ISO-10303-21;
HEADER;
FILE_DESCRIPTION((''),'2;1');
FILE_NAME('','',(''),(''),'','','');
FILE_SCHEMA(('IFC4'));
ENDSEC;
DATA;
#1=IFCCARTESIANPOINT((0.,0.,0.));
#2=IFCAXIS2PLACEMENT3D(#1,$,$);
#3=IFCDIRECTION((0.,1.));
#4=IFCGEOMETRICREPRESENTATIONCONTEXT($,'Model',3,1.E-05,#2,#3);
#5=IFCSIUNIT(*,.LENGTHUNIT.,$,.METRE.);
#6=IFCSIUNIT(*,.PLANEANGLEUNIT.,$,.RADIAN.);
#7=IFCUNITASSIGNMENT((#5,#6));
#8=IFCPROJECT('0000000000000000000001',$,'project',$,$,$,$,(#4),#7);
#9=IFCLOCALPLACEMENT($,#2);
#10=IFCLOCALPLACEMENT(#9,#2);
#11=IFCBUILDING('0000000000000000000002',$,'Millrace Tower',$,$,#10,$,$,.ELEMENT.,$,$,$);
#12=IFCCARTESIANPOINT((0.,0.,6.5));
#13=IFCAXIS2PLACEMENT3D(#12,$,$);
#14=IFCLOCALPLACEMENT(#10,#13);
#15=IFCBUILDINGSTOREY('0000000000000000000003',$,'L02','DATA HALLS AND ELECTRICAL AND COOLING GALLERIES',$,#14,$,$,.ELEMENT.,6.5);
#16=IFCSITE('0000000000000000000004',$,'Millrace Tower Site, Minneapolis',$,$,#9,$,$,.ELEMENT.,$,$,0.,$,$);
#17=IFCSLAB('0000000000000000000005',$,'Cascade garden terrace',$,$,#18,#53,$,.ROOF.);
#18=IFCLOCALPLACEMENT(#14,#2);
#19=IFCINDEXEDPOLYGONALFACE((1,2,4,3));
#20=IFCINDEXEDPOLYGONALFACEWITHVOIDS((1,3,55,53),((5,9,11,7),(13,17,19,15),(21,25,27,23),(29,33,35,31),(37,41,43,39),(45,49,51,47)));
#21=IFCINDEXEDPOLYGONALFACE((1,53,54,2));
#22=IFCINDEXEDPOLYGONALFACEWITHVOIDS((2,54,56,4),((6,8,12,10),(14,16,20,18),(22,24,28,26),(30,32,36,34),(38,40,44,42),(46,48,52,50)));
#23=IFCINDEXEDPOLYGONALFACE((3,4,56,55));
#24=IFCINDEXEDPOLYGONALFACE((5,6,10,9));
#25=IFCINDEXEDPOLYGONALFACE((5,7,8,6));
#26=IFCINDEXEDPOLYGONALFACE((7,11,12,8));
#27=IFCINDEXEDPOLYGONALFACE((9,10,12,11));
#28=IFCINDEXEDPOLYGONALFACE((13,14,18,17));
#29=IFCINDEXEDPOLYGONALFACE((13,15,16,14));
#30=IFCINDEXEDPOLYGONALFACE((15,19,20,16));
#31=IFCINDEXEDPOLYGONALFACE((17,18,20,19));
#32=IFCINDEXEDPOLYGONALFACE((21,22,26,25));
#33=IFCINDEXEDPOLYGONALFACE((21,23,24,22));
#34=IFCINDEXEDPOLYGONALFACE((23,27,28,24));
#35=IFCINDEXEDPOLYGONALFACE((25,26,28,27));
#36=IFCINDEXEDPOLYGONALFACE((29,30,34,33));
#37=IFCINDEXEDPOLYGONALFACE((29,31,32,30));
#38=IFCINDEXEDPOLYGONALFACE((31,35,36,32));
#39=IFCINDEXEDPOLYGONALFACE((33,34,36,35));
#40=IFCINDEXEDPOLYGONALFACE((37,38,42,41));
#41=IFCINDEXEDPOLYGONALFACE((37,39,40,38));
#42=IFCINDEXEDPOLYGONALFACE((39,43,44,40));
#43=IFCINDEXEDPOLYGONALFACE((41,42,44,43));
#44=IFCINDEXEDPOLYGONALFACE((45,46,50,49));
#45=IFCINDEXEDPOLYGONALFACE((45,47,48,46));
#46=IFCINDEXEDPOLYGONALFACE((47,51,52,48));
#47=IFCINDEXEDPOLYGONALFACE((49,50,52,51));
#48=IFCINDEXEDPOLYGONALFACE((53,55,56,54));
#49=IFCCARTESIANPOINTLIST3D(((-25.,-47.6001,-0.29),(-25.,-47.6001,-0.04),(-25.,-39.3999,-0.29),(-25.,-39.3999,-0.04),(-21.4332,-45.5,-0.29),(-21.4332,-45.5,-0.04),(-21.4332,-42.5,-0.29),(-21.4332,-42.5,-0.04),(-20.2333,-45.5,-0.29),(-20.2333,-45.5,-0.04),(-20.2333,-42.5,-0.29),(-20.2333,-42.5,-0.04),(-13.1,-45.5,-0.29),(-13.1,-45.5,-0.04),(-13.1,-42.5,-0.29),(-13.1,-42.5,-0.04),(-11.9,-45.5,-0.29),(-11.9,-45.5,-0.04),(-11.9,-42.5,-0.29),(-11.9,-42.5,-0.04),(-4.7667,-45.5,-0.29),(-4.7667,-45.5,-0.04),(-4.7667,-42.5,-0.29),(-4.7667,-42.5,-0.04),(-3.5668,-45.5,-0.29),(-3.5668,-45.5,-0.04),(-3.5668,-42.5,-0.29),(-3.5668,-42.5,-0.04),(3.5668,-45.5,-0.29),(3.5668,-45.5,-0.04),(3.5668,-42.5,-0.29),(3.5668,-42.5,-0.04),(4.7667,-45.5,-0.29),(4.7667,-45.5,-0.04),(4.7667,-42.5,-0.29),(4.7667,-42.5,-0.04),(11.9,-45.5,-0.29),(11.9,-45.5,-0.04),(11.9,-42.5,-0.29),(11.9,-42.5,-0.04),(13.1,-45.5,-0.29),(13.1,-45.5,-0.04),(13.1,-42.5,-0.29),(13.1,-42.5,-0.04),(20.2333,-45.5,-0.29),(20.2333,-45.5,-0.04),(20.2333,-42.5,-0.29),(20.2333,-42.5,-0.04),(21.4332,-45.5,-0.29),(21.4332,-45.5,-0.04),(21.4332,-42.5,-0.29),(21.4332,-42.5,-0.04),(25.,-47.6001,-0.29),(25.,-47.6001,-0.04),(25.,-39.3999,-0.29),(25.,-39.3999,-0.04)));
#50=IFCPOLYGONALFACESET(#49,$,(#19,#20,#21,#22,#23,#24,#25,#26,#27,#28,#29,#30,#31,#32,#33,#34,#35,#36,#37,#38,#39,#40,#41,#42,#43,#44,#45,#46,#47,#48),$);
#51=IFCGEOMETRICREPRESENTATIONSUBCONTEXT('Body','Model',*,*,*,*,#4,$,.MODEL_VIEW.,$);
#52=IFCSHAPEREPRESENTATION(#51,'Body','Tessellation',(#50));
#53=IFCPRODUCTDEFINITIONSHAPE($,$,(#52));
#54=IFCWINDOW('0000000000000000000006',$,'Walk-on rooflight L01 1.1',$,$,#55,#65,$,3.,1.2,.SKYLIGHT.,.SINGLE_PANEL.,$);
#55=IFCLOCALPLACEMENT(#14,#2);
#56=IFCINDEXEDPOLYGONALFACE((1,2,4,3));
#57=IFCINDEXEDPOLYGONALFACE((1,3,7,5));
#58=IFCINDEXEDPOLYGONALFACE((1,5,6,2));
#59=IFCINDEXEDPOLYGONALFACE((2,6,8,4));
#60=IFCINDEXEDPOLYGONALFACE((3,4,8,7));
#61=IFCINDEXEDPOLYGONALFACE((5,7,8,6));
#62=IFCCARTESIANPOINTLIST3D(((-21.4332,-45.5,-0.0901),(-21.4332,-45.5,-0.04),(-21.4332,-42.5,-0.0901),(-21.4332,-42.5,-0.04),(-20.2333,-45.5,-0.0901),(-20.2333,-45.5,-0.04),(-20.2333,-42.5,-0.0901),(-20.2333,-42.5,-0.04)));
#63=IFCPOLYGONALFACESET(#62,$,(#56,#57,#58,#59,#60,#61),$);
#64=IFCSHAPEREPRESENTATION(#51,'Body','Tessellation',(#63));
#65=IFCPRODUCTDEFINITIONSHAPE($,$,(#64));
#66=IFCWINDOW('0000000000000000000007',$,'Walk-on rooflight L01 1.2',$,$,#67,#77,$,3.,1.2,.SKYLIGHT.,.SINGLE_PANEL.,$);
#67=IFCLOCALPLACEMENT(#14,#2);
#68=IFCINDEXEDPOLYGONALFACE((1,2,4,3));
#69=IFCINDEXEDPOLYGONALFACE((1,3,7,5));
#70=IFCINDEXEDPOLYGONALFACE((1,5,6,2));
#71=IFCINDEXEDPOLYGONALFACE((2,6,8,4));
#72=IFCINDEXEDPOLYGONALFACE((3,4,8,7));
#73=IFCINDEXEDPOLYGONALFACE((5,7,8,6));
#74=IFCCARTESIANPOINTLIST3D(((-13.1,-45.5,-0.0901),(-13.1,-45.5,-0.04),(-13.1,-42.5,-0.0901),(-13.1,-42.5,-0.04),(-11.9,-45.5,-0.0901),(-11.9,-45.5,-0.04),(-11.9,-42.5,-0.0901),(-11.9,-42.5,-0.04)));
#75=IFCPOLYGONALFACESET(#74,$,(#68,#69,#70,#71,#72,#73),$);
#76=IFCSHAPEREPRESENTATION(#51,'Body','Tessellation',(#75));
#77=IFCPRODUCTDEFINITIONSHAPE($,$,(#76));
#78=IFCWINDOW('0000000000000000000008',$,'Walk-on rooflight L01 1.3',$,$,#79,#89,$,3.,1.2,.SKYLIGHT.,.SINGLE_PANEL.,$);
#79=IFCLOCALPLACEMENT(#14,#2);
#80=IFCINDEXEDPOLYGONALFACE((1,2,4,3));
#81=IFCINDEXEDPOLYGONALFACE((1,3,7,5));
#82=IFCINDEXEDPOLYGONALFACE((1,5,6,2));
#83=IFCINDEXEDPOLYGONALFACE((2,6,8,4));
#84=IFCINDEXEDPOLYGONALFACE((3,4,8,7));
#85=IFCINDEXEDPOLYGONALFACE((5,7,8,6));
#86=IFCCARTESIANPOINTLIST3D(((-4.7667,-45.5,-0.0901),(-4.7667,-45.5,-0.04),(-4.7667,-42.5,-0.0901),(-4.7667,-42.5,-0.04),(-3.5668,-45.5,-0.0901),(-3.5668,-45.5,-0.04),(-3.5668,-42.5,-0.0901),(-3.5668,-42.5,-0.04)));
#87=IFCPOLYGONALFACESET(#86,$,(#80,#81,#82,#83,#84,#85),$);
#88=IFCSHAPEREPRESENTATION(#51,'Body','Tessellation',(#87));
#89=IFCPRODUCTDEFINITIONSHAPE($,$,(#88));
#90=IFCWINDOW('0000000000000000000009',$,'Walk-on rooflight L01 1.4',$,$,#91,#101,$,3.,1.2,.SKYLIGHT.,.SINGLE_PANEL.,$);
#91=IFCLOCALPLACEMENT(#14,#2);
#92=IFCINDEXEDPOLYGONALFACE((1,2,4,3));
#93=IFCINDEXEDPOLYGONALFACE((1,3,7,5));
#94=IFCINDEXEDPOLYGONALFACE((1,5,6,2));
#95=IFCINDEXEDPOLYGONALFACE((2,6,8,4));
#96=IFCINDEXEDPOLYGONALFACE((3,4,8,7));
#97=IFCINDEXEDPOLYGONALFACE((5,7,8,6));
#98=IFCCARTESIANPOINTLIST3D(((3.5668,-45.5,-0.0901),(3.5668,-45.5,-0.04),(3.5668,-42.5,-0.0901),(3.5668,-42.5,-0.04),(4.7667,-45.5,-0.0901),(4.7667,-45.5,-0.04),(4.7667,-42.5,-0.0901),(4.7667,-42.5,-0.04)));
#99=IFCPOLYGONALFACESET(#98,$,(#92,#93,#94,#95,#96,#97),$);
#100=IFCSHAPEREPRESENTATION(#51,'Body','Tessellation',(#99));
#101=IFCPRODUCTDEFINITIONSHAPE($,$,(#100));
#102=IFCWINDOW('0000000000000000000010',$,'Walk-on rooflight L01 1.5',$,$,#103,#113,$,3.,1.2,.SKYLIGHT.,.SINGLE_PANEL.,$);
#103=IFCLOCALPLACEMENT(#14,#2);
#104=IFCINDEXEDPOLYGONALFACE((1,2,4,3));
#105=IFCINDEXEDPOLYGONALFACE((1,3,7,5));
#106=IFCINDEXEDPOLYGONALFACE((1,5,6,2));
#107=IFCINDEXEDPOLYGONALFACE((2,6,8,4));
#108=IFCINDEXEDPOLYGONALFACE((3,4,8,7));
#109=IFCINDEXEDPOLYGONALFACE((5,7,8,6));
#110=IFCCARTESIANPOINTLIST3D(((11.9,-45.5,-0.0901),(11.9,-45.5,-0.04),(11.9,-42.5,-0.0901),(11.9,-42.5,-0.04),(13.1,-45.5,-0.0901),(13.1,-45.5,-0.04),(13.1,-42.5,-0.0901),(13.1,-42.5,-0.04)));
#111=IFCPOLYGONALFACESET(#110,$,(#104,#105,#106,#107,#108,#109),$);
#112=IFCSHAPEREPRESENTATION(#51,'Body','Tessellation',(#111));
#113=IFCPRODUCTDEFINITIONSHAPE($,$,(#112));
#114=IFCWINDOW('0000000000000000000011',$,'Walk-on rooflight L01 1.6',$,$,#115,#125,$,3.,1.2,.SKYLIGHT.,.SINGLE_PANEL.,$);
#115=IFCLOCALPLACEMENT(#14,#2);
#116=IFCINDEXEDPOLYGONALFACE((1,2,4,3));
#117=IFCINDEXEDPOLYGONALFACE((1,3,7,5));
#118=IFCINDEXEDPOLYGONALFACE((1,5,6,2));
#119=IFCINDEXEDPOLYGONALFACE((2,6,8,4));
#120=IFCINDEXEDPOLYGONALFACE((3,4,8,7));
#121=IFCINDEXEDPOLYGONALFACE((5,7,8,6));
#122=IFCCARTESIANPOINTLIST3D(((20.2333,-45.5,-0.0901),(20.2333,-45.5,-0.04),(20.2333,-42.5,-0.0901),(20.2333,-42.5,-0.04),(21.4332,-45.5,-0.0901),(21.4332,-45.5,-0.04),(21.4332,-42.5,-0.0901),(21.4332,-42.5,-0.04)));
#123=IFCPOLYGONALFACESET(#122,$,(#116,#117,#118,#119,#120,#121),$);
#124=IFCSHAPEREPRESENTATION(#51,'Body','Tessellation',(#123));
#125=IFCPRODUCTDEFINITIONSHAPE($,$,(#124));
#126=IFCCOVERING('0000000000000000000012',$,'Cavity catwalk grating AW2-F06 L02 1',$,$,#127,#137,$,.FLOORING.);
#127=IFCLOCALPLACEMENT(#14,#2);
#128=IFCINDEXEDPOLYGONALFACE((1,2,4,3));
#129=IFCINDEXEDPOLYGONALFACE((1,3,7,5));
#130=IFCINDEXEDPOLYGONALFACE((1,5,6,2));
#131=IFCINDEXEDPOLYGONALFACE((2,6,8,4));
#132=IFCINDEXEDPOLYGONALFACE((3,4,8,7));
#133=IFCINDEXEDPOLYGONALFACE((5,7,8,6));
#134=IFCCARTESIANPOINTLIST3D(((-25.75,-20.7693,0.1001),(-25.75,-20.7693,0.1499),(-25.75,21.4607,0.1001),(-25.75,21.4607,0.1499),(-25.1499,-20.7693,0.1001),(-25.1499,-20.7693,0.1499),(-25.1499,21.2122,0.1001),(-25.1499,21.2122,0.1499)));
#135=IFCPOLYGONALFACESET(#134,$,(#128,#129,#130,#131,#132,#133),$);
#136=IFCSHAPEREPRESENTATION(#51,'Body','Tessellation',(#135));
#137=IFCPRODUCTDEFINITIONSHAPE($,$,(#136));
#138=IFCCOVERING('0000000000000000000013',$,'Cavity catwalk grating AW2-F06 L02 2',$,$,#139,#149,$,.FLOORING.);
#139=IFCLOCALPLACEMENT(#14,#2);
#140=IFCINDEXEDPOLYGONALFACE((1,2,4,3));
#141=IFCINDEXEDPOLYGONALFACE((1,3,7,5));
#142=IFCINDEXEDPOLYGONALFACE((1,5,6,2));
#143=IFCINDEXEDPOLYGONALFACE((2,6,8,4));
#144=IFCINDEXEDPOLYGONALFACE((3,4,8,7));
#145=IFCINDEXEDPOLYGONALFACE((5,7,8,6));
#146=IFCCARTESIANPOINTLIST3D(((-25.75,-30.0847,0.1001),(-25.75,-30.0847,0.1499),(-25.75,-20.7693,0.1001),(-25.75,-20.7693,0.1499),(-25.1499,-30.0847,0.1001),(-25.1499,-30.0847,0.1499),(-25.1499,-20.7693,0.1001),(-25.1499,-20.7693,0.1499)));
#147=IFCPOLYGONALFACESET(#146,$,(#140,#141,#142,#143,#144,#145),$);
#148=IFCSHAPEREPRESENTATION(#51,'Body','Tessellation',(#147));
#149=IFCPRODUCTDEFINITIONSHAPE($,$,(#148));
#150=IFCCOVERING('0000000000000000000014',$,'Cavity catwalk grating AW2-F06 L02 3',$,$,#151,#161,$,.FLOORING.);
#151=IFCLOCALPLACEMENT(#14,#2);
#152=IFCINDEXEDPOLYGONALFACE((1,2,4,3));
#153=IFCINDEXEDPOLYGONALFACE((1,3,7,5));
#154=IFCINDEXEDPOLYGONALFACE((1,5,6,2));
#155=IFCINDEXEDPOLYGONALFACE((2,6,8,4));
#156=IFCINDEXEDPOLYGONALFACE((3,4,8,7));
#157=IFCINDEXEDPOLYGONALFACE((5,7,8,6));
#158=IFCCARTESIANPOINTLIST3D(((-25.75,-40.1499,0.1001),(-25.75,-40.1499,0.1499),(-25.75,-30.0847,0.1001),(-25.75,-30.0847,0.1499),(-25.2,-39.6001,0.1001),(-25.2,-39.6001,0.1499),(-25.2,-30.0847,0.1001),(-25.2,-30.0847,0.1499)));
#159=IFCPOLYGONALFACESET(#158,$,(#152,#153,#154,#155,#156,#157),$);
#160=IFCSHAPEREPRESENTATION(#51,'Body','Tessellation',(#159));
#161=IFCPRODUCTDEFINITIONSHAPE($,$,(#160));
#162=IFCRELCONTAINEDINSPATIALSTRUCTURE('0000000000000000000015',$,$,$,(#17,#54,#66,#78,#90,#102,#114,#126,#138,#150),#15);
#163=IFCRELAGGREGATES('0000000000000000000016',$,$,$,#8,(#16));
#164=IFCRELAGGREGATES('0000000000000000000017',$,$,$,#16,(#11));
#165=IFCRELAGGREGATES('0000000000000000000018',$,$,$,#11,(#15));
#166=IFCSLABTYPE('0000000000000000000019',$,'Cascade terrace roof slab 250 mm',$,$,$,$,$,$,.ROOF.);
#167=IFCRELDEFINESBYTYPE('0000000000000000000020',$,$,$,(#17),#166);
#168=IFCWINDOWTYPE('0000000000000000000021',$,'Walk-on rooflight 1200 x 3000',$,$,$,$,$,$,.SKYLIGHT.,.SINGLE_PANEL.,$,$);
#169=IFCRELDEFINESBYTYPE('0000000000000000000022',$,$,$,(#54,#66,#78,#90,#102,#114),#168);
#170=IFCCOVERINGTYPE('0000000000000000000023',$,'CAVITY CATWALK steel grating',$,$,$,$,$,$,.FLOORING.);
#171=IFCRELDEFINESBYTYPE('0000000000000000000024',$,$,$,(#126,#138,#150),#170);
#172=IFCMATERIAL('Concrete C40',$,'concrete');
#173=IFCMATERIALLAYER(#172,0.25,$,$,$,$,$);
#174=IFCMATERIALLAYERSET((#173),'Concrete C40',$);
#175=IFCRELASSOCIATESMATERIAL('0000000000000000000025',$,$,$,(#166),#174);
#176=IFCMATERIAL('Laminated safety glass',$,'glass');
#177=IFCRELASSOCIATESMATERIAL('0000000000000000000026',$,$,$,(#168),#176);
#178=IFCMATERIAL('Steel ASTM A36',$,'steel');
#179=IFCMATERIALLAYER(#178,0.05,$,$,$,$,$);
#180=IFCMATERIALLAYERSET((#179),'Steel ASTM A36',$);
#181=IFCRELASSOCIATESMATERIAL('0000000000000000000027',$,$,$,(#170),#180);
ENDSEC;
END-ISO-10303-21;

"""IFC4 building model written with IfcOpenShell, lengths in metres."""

from ifc_helpers import new_model, si_unit, direction, frame, origin, origin_2d, place, context, subcontext, project, spatial, polyline, rectangle, outline, extrude, material, layer, layer_set, type_object, element, fill, save


model = new_model("IFC4")

# Units and contexts
model_context = context("Model", 3, precision=1e-05, world=origin(), true_north=direction((0.0, 1.0)))
body_context = subcontext(model_context, "Body", "Model", "MODEL_VIEW")
ifc_project = project(units=[si_unit("LENGTHUNIT", "METRE"), si_unit("PLANEANGLEUNIT", "RADIAN")], contexts=[model_context])

# Site, building, storey
site_placement = place(None, origin())
site = spatial("IfcSite", under=ifc_project, at=site_placement, Name="Millrace Tower Site, Minneapolis", CompositionType="ELEMENT", RefElevation=0.0)
building_placement = place(site_placement, origin())
building = spatial("IfcBuilding", under=site, at=building_placement, Name="Millrace Tower", CompositionType="ELEMENT")
storey_placement = place(building_placement, frame((0.0, 0.0, 6.5)))
storey = spatial("IfcBuildingStorey", under=building, at=storey_placement, Name="L02", Description="DATA HALLS AND ELECTRICAL AND COOLING GALLERIES", CompositionType="ELEMENT", Elevation=6.5)

# Slab, openings, windows
ifc_material_1 = material(Name="Concrete C40", Category="concrete")
ifc_layer_1 = layer(ifc_material_1, 0.25)
ifc_layer_set_1 = layer_set([ifc_layer_1], Name="Concrete C40")
slab_type = type_object("IfcSlabType", Name="Cascade terrace roof slab 250 mm", PredefinedType="ROOF", material=ifc_layer_set_1)
slab_placement = place(storey_placement, frame((0.0, 0.0, -0.29)))
slab = element("IfcSlab", 1, at=slab_placement, inside=storey, type_object=slab_type, Name="Cascade garden terrace", PredefinedType="ROOF", context=body_context, shape_type="SweptSolid", body=[
    extrude(outline(polyline([(25.0, -47.6001), (-25.0, -47.6001), (-25.0, -39.3999), (25.0, -39.3999), (25.0, -47.6001)])), origin(), (0.0, 0.0, 1.0), 0.25),
])
opening_1_placement = place(slab_placement, frame((-20.8333, -44.0, 0.0)))
opening_1 = element("IfcOpeningElement", 2, at=opening_1_placement, cuts=slab, PredefinedType="OPENING", context=body_context, shape_type="SweptSolid", body=[
    extrude(rectangle(XDim=1.2, YDim=3.0, at=origin_2d()), origin(), (0.0, 0.0, 1.0), 0.25),
])
opening_2_placement = place(slab_placement, frame((-12.5, -44.0, 0.0)))
opening_2 = element("IfcOpeningElement", 3, at=opening_2_placement, cuts=slab, PredefinedType="OPENING", context=body_context, shape_type="SweptSolid", body=[
    extrude(rectangle(XDim=1.2, YDim=3.0, at=origin_2d()), origin(), (0.0, 0.0, 1.0), 0.25),
])
opening_3_placement = place(slab_placement, frame((-4.1667, -44.0, 0.0)))
opening_3 = element("IfcOpeningElement", 4, at=opening_3_placement, cuts=slab, PredefinedType="OPENING", context=body_context, shape_type="SweptSolid", body=[
    extrude(rectangle(XDim=1.2, YDim=3.0, at=origin_2d()), origin(), (0.0, 0.0, 1.0), 0.25),
])
opening_4_placement = place(slab_placement, frame((4.1667, -44.0, 0.0)))
opening_4 = element("IfcOpeningElement", 5, at=opening_4_placement, cuts=slab, PredefinedType="OPENING", context=body_context, shape_type="SweptSolid", body=[
    extrude(rectangle(XDim=1.2, YDim=3.0, at=origin_2d()), origin(), (0.0, 0.0, 1.0), 0.25),
])
opening_5_placement = place(slab_placement, frame((12.5, -44.0, 0.0)))
opening_5 = element("IfcOpeningElement", 6, at=opening_5_placement, cuts=slab, PredefinedType="OPENING", context=body_context, shape_type="SweptSolid", body=[
    extrude(rectangle(XDim=1.2, YDim=3.0, at=origin_2d()), origin(), (0.0, 0.0, 1.0), 0.25),
])
opening_6_placement = place(slab_placement, frame((20.8333, -44.0, 0.0)))
opening_6 = element("IfcOpeningElement", 7, at=opening_6_placement, cuts=slab, PredefinedType="OPENING", context=body_context, shape_type="SweptSolid", body=[
    extrude(rectangle(XDim=1.2, YDim=3.0, at=origin_2d()), origin(), (0.0, 0.0, 1.0), 0.25),
])
ifc_material_2 = material(Name="Laminated safety glass", Category="glass")
window_type = type_object("IfcWindowType", Name="Walk-on rooflight 1200 x 3000", PartitioningType="SINGLE_PANEL", PredefinedType="SKYLIGHT", material=ifc_material_2)
window_1_placement = place(opening_1_placement, frame((0.0, 0.0, 0.2)))
window_1 = element("IfcWindow", 8, at=window_1_placement, inside=storey, type_object=window_type, Name="Walk-on rooflight L01 1.1", OverallHeight=3.0, OverallWidth=1.2, PartitioningType="SINGLE_PANEL", PredefinedType="SKYLIGHT", context=body_context, shape_type="SweptSolid", body=[
    extrude(rectangle(XDim=1.2, YDim=3.0, at=origin_2d()), origin(), (0.0, 0.0, 1.0), 0.05),
])
fill(opening_1, window_1)
window_2_placement = place(opening_2_placement, frame((0.0, 0.0, 0.2)))
window_2 = element("IfcWindow", 9, at=window_2_placement, inside=storey, type_object=window_type, Name="Walk-on rooflight L01 1.2", OverallHeight=3.0, OverallWidth=1.2, PartitioningType="SINGLE_PANEL", PredefinedType="SKYLIGHT", context=body_context, shape_type="SweptSolid", body=[
    extrude(rectangle(XDim=1.2, YDim=3.0, at=origin_2d()), origin(), (0.0, 0.0, 1.0), 0.05),
])
fill(opening_2, window_2)
window_3_placement = place(opening_3_placement, frame((0.0, 0.0, 0.2)))
window_3 = element("IfcWindow", 10, at=window_3_placement, inside=storey, type_object=window_type, Name="Walk-on rooflight L01 1.3", OverallHeight=3.0, OverallWidth=1.2, PartitioningType="SINGLE_PANEL", PredefinedType="SKYLIGHT", context=body_context, shape_type="SweptSolid", body=[
    extrude(rectangle(XDim=1.2, YDim=3.0, at=origin_2d()), origin(), (0.0, 0.0, 1.0), 0.05),
])
fill(opening_3, window_3)
window_4_placement = place(opening_4_placement, frame((0.0, 0.0, 0.2)))
window_4 = element("IfcWindow", 11, at=window_4_placement, inside=storey, type_object=window_type, Name="Walk-on rooflight L01 1.4", OverallHeight=3.0, OverallWidth=1.2, PartitioningType="SINGLE_PANEL", PredefinedType="SKYLIGHT", context=body_context, shape_type="SweptSolid", body=[
    extrude(rectangle(XDim=1.2, YDim=3.0, at=origin_2d()), origin(), (0.0, 0.0, 1.0), 0.05),
])
fill(opening_4, window_4)
window_5_placement = place(opening_5_placement, frame((0.0, 0.0, 0.2)))
window_5 = element("IfcWindow", 12, at=window_5_placement, inside=storey, type_object=window_type, Name="Walk-on rooflight L01 1.5", OverallHeight=3.0, OverallWidth=1.2, PartitioningType="SINGLE_PANEL", PredefinedType="SKYLIGHT", context=body_context, shape_type="SweptSolid", body=[
    extrude(rectangle(XDim=1.2, YDim=3.0, at=origin_2d()), origin(), (0.0, 0.0, 1.0), 0.05),
])
fill(opening_5, window_5)
window_6_placement = place(opening_6_placement, frame((0.0, 0.0, 0.2)))
window_6 = element("IfcWindow", 13, at=window_6_placement, inside=storey, type_object=window_type, Name="Walk-on rooflight L01 1.6", OverallHeight=3.0, OverallWidth=1.2, PartitioningType="SINGLE_PANEL", PredefinedType="SKYLIGHT", context=body_context, shape_type="SweptSolid", body=[
    extrude(rectangle(XDim=1.2, YDim=3.0, at=origin_2d()), origin(), (0.0, 0.0, 1.0), 0.05),
])
fill(opening_6, window_6)

# Coverings
ifc_material_3 = material(Name="Steel ASTM A36", Category="steel")
ifc_layer_2 = layer(ifc_material_3, 0.05)
ifc_layer_set_2 = layer_set([ifc_layer_2], Name="Steel ASTM A36")
covering_type_1 = type_object("IfcCoveringType", Name="CAVITY CATWALK steel grating", PredefinedType="FLOORING", material=ifc_layer_set_2)
placement_1 = place(storey_placement, frame((0.0, 0.0, 0.1001)))
element("IfcCovering", 14, at=placement_1, inside=storey, type_object=covering_type_1, Name="Cavity catwalk grating AW2-F06 L02 1", PredefinedType="FLOORING", context=body_context, shape_type="SweptSolid", body=[
    extrude(outline(polyline([(-25.75, 21.4607), (-25.75, -20.7693), (-25.1499, -20.7693), (-25.1499, 21.2122), (-25.75, 21.4607)])), origin(), (0.0, 0.0, 1.0), 0.0498),
])
element("IfcCovering", 15, at=placement_1, inside=storey, type_object=covering_type_1, Name="Cavity catwalk grating AW2-F06 L02 2", PredefinedType="FLOORING", context=body_context, shape_type="SweptSolid", body=[
    extrude(outline(polyline([(-25.75, -20.7693), (-25.75, -30.0847), (-25.1499, -30.0847), (-25.1499, -20.7693), (-25.75, -20.7693)])), origin(), (0.0, 0.0, 1.0), 0.0498),
])
element("IfcCovering", 16, at=placement_1, inside=storey, type_object=covering_type_1, Name="Cavity catwalk grating AW2-F06 L02 3", PredefinedType="FLOORING", context=body_context, shape_type="SweptSolid", body=[
    extrude(outline(polyline([(-25.75, -30.0847), (-25.75, -40.1499), (-25.2, -39.6001), (-25.2, -30.0847), (-25.75, -30.0847)])), origin(), (0.0, 0.0, 1.0), 0.0498),
])

save(model, "model.ifc")
